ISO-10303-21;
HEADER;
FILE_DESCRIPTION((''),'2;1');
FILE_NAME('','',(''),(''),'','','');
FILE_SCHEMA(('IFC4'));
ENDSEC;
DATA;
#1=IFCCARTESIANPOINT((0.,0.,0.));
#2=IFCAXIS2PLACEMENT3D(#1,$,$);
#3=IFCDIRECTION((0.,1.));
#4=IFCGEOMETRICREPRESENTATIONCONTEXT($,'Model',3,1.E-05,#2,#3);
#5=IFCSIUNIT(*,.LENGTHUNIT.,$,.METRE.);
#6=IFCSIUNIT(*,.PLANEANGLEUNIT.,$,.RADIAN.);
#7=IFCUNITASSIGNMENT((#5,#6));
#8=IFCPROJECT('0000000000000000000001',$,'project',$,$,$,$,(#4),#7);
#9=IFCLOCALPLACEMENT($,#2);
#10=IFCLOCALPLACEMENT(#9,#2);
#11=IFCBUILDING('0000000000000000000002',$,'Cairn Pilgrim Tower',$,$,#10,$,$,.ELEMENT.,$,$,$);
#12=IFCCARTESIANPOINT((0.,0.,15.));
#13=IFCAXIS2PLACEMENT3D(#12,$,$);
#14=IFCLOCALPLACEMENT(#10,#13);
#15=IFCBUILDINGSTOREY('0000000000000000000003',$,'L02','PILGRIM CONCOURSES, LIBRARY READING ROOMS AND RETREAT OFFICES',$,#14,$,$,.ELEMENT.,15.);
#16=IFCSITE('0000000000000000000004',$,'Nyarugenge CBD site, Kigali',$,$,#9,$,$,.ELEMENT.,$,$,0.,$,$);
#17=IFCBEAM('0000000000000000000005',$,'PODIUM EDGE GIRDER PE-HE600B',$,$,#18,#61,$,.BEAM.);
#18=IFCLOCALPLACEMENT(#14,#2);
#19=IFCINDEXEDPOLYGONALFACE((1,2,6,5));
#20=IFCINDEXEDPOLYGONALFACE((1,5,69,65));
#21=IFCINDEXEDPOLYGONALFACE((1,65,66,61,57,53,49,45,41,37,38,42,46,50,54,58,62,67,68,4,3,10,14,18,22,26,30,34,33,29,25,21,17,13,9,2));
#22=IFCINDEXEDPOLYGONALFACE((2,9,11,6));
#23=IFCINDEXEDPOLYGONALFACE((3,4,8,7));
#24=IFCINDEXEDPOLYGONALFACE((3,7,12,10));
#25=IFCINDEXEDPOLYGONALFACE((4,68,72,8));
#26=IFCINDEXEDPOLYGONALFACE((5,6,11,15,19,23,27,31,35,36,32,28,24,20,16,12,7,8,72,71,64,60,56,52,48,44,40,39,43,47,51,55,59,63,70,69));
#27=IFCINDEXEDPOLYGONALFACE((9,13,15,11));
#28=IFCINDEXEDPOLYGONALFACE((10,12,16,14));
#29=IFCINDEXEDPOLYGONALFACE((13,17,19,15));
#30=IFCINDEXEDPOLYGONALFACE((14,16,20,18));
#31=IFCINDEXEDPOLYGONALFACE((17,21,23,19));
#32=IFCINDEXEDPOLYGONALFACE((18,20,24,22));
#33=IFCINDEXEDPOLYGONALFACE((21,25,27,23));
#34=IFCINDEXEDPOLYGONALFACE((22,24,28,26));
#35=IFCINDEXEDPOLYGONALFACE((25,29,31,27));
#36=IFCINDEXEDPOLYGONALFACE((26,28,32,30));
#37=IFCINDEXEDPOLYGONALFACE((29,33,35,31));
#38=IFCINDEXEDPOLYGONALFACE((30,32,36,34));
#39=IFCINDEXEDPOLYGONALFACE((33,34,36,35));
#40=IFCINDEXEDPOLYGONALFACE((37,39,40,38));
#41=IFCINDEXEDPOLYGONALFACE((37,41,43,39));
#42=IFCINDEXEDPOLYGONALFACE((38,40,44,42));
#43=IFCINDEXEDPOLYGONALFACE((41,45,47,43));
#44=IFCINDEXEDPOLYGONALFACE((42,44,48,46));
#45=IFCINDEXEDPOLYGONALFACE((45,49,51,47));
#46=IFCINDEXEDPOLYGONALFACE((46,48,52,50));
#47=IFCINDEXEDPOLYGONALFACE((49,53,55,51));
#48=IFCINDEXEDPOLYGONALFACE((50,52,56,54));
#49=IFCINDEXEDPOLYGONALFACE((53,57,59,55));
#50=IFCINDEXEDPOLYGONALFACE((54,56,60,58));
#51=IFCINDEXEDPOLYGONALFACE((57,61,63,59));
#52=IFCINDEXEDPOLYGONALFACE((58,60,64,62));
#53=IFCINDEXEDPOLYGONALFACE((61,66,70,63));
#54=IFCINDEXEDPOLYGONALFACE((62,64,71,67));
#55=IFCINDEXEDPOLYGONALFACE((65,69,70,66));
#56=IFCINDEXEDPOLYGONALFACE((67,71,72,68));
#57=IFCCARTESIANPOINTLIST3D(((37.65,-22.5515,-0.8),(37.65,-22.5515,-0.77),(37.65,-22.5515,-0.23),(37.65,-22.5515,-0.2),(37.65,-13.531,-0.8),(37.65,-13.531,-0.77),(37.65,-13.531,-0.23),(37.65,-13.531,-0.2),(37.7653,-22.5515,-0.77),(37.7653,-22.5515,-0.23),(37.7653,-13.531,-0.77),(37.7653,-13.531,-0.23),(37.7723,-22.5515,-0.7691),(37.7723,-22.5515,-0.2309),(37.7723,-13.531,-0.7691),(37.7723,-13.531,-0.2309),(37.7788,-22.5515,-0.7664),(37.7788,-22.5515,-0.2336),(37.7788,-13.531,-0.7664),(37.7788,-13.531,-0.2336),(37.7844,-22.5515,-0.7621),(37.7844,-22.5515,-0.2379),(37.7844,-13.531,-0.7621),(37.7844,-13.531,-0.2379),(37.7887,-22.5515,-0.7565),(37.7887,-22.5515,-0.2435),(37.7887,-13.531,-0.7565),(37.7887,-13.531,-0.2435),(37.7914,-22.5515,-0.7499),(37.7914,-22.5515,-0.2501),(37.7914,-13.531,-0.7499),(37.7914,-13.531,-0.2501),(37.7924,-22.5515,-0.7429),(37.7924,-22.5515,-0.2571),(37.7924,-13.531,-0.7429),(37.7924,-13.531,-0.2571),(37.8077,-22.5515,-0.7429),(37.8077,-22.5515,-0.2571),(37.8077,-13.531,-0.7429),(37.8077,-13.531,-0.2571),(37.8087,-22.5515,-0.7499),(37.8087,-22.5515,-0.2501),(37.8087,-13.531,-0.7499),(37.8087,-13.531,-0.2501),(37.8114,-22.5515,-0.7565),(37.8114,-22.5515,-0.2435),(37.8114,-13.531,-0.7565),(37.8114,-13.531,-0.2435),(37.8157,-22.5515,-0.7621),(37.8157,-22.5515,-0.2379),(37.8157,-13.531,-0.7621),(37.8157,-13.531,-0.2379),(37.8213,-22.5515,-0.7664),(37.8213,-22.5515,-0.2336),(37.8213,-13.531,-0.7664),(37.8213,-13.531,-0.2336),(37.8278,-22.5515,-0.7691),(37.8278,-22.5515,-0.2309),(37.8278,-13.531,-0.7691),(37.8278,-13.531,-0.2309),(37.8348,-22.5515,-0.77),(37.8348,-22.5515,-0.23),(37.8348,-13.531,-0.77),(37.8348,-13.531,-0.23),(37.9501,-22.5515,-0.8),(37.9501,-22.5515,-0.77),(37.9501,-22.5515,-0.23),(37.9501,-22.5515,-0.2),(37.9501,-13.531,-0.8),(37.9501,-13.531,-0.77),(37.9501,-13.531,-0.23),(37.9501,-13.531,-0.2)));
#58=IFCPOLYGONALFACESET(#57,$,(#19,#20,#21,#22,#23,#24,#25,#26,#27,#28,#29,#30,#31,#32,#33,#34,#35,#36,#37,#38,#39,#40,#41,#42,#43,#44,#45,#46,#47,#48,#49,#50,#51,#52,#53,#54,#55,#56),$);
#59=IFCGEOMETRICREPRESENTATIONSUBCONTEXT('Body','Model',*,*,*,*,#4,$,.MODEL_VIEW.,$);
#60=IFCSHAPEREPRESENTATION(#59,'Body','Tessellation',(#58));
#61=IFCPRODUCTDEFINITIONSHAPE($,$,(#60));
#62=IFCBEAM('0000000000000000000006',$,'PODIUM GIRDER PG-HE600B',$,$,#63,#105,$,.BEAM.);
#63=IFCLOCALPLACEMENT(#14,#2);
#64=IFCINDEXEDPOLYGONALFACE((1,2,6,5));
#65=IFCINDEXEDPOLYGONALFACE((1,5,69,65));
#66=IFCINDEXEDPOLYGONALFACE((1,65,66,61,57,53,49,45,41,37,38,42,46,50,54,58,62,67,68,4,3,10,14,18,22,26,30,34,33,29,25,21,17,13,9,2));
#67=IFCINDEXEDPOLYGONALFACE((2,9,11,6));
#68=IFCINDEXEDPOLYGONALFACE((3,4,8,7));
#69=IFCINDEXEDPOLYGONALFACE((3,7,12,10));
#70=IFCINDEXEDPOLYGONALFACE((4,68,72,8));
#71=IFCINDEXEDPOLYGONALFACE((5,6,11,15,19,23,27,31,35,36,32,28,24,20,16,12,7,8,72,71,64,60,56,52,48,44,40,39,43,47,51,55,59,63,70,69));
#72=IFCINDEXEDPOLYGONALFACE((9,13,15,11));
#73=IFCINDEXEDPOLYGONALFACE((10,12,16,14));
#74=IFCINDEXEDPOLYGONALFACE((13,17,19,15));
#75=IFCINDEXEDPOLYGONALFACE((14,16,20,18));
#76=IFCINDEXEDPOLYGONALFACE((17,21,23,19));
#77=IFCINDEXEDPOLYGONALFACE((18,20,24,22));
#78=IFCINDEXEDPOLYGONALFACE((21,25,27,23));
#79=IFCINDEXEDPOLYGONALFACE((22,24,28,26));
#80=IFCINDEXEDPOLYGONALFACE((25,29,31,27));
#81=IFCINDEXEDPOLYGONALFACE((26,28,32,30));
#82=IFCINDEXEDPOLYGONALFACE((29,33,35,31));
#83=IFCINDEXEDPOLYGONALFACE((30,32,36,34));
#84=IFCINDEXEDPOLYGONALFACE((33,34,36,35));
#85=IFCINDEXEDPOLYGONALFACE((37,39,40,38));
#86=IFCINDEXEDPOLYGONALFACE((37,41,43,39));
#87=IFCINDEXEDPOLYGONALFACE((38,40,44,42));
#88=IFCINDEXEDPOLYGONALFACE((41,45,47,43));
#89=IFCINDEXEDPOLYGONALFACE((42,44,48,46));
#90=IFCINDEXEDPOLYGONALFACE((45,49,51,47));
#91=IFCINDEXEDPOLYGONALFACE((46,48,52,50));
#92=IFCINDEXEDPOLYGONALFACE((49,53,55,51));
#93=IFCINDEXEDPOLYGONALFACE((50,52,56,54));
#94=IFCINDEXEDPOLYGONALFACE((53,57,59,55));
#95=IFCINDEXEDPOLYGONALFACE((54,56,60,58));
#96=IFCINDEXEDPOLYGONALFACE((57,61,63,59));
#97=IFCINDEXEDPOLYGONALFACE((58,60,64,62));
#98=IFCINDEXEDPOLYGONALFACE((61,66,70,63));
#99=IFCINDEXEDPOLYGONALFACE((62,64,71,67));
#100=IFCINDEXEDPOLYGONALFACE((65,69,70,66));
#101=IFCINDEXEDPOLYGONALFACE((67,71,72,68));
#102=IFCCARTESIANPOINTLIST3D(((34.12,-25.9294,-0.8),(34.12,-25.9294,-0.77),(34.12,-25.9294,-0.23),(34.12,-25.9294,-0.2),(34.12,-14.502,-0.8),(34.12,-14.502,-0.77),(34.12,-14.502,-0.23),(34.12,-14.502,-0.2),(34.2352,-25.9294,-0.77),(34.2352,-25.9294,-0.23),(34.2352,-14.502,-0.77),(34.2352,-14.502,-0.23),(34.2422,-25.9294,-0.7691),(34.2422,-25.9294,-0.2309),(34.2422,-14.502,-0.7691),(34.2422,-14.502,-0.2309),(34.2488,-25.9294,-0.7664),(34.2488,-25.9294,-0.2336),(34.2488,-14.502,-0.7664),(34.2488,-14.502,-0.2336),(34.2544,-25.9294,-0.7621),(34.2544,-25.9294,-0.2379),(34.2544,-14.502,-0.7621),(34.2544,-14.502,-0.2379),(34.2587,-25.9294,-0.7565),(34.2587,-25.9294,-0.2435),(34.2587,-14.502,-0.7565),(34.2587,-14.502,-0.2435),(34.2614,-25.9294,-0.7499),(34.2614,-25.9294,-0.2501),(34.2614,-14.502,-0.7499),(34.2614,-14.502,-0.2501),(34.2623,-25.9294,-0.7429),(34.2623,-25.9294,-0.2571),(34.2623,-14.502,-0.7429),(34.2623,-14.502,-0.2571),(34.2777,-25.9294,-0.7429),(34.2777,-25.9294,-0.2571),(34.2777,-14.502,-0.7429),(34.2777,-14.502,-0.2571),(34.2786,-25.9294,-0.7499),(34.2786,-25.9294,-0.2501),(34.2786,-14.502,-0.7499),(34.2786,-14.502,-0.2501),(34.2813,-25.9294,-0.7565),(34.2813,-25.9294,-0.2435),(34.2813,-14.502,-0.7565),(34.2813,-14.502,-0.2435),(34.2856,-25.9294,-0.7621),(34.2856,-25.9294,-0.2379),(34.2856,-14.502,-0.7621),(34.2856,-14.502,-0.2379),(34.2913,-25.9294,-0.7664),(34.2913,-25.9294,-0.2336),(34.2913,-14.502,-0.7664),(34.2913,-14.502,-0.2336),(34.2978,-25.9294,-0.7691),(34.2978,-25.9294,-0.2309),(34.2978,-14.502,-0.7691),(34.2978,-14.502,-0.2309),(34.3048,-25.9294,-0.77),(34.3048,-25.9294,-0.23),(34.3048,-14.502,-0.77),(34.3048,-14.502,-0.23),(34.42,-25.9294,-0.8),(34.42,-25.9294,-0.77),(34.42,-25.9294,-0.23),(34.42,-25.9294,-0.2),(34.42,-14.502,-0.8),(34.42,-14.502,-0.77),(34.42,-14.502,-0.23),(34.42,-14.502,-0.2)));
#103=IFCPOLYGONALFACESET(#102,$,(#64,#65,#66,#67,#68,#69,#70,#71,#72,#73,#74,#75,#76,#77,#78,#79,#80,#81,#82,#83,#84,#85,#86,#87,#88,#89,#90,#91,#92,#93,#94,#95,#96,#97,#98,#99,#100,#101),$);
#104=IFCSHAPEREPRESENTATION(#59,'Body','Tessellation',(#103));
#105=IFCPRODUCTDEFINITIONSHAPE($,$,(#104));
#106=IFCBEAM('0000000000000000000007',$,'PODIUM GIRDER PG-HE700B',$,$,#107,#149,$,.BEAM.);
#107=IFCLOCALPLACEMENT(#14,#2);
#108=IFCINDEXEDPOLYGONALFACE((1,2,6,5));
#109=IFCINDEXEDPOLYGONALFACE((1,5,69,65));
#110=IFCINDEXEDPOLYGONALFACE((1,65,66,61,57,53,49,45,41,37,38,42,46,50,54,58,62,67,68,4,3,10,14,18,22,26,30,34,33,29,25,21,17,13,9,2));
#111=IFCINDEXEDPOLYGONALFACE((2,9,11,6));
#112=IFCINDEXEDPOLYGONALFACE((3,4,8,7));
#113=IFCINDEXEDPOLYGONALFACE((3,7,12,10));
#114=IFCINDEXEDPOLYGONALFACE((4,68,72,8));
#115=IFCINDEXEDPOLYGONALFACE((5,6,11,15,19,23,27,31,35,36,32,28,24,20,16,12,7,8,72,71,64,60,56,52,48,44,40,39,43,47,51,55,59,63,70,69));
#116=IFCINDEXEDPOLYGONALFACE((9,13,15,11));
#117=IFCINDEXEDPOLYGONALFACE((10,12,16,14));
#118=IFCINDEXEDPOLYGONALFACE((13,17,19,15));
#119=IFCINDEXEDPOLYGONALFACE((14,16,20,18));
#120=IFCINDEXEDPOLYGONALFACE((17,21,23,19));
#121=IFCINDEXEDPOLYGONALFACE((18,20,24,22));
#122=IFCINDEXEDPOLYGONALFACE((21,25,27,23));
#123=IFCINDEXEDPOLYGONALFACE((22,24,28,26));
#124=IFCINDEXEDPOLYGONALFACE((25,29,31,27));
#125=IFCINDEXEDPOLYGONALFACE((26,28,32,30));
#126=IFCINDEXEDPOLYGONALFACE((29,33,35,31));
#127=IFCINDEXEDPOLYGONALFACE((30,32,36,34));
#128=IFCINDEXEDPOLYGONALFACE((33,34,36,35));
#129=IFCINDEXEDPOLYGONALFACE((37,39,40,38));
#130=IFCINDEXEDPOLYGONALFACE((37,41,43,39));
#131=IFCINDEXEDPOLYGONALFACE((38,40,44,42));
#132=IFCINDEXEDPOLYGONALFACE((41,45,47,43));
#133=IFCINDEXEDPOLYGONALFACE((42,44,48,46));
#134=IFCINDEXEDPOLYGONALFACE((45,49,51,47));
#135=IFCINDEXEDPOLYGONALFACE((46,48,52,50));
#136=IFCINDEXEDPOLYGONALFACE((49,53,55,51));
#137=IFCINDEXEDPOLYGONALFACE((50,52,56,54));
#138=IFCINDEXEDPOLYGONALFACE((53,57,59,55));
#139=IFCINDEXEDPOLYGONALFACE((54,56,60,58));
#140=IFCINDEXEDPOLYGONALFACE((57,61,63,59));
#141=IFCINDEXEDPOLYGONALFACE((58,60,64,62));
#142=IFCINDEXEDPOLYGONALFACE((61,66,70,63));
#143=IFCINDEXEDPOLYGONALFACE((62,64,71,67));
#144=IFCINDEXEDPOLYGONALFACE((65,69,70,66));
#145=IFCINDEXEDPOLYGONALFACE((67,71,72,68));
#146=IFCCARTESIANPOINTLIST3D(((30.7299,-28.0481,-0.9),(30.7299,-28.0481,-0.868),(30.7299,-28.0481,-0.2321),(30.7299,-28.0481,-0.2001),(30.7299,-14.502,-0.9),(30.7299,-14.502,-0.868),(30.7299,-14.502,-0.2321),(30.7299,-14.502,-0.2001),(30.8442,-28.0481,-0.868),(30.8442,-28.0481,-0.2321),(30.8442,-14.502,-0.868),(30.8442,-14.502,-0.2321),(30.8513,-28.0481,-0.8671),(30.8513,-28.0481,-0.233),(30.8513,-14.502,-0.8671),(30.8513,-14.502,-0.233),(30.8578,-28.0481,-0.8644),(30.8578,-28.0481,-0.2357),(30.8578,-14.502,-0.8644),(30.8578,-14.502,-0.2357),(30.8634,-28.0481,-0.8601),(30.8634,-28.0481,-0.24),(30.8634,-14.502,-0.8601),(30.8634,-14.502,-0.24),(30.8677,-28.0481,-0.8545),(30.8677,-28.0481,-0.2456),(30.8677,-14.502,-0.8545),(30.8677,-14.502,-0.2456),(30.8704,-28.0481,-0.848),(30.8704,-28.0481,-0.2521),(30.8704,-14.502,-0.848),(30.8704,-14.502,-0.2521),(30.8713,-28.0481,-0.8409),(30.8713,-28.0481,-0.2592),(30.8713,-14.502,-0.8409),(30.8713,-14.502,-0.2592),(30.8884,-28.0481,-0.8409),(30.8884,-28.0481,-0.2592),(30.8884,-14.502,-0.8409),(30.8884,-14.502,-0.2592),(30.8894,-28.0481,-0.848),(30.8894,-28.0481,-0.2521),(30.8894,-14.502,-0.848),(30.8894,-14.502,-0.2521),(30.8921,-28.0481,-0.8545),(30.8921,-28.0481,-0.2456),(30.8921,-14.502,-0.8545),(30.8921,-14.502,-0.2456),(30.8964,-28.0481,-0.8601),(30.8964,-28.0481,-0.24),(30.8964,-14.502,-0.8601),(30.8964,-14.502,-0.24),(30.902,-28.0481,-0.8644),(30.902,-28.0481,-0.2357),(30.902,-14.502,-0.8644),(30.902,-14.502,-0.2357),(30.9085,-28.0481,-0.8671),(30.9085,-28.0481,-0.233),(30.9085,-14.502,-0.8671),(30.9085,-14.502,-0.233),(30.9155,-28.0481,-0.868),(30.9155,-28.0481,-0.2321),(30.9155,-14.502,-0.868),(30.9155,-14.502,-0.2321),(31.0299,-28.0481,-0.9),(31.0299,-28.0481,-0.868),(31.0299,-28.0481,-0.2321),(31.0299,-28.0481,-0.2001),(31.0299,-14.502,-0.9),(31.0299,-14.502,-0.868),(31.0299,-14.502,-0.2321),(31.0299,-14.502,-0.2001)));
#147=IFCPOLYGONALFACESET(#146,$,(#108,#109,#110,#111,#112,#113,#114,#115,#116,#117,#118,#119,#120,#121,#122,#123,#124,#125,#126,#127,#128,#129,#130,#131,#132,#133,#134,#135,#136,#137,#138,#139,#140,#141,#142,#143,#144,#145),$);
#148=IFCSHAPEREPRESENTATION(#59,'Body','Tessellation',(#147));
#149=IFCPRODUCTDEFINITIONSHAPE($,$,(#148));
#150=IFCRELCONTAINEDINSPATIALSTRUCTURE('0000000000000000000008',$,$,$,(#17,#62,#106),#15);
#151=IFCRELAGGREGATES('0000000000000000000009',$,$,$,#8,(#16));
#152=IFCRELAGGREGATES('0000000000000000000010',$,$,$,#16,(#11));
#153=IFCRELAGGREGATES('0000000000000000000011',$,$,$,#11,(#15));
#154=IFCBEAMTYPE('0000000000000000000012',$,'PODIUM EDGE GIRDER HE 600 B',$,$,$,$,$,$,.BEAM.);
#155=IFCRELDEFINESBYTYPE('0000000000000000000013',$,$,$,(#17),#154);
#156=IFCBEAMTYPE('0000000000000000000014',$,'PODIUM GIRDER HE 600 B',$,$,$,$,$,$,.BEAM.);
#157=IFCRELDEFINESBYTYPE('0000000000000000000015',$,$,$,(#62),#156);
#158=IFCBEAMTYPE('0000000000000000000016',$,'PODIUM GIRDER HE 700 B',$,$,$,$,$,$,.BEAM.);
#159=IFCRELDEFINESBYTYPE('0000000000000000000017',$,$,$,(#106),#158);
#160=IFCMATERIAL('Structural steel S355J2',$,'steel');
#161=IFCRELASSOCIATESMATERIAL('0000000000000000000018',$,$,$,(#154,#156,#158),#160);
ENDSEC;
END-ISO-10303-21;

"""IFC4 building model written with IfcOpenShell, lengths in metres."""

from ifc_helpers import new_model, si_unit, direction, frame, origin, origin_2d, place, context, subcontext, project, spatial, i_section, extrude, material, material_profile, profile_set, type_object, element, save


model = new_model("IFC4")

# Units and contexts
model_context = context("Model", 3, precision=1e-05, world=origin(), true_north=direction((0.0, 1.0)))
body_context = subcontext(model_context, "Body", "Model", "MODEL_VIEW")
ifc_project = project(units=[si_unit("LENGTHUNIT", "METRE"), si_unit("PLANEANGLEUNIT", "RADIAN")], contexts=[model_context])

# Site, building, storey
site_placement = place(None, origin())
site = spatial("IfcSite", under=ifc_project, at=site_placement, Name="Nyarugenge CBD site, Kigali", CompositionType="ELEMENT", RefElevation=0.0)
building_placement = place(site_placement, origin())
building = spatial("IfcBuilding", under=site, at=building_placement, Name="Cairn Pilgrim Tower", CompositionType="ELEMENT")
storey_placement = place(building_placement, frame((0.0, 0.0, 15.0)))
storey = spatial("IfcBuildingStorey", under=building, at=storey_placement, Name="L02", Description="PILGRIM CONCOURSES, LIBRARY READING ROOMS AND RETREAT OFFICES", CompositionType="ELEMENT", Elevation=15.0)

# Shared definitions
ifc_material_1 = material(Name="Structural steel S355J2", Category="steel")

# Beams
ifc_material_profile_1 = material_profile(ifc_material_1, i_section(OverallWidth=0.3, OverallDepth=0.6001, WebThickness=0.0154, FlangeThickness=0.03, FilletRadius=0.0271, at=origin_2d()), Name="HEB 600")
ifc_profile_set_1 = profile_set([ifc_material_profile_1], Name="Structural steel S355J2")
beam_type_1 = type_object("IfcBeamType", Name="PODIUM EDGE GIRDER HE 600 B", PredefinedType="BEAM", material=ifc_profile_set_1)
beam_1_placement = place(storey_placement, frame((37.8, -22.5515, -0.5), z_axis=(0.0, 1.0, 0.0), x_axis=(-1.0, 0.0, 0.0)))
element("IfcBeam", 1, at=beam_1_placement, inside=storey, type_object=beam_type_1, Name="PODIUM EDGE GIRDER PE-HE600B", PredefinedType="BEAM", context=body_context, shape_type="SweptSolid", body=[
    extrude(i_section(OverallWidth=0.3, OverallDepth=0.6001, WebThickness=0.0154, FlangeThickness=0.03, FilletRadius=0.0271, at=origin_2d()), origin(), (0.0, 0.0, 1.0), 9.0205),
])
ifc_material_profile_2 = material_profile(ifc_material_1, i_section(OverallWidth=0.3, OverallDepth=0.6001, WebThickness=0.0154, FlangeThickness=0.03, FilletRadius=0.0271, at=origin_2d()), Name="HEB 600")
ifc_profile_set_2 = profile_set([ifc_material_profile_2], Name="Structural steel S355J2")
beam_type_2 = type_object("IfcBeamType", Name="PODIUM GIRDER HE 600 B", PredefinedType="BEAM", material=ifc_profile_set_2)
beam_2_placement = place(storey_placement, frame((34.27, -25.9294, -0.5), z_axis=(0.0, 1.0, 0.0), x_axis=(-1.0, 0.0, 0.0)))
element("IfcBeam", 2, at=beam_2_placement, inside=storey, type_object=beam_type_2, Name="PODIUM GIRDER PG-HE600B", PredefinedType="BEAM", context=body_context, shape_type="SweptSolid", body=[
    extrude(i_section(OverallWidth=0.3, OverallDepth=0.6001, WebThickness=0.0154, FlangeThickness=0.03, FilletRadius=0.0271, at=origin_2d()), origin(), (0.0, 0.0, 1.0), 11.4275),
])
ifc_material_profile_3 = material_profile(ifc_material_1, i_section(OverallWidth=0.3, OverallDepth=0.7, WebThickness=0.0171, FlangeThickness=0.032, FilletRadius=0.0271, at=origin_2d()), Name="HEB 700")
ifc_profile_set_3 = profile_set([ifc_material_profile_3], Name="Structural steel S355J2")
beam_type_3 = type_object("IfcBeamType", Name="PODIUM GIRDER HE 700 B", PredefinedType="BEAM", material=ifc_profile_set_3)
beam_3_placement = place(storey_placement, frame((30.8799, -28.0481, -0.55), z_axis=(0.0, 1.0, 0.0), x_axis=(-1.0, 0.0, 0.0)))
element("IfcBeam", 3, at=beam_3_placement, inside=storey, type_object=beam_type_3, Name="PODIUM GIRDER PG-HE700B", PredefinedType="BEAM", context=body_context, shape_type="SweptSolid", body=[
    extrude(i_section(OverallWidth=0.3, OverallDepth=0.7, WebThickness=0.0171, FlangeThickness=0.032, FilletRadius=0.0271, at=origin_2d()), origin(), (0.0, 0.0, 1.0), 13.5461),
])

save(model, "model.ifc")
